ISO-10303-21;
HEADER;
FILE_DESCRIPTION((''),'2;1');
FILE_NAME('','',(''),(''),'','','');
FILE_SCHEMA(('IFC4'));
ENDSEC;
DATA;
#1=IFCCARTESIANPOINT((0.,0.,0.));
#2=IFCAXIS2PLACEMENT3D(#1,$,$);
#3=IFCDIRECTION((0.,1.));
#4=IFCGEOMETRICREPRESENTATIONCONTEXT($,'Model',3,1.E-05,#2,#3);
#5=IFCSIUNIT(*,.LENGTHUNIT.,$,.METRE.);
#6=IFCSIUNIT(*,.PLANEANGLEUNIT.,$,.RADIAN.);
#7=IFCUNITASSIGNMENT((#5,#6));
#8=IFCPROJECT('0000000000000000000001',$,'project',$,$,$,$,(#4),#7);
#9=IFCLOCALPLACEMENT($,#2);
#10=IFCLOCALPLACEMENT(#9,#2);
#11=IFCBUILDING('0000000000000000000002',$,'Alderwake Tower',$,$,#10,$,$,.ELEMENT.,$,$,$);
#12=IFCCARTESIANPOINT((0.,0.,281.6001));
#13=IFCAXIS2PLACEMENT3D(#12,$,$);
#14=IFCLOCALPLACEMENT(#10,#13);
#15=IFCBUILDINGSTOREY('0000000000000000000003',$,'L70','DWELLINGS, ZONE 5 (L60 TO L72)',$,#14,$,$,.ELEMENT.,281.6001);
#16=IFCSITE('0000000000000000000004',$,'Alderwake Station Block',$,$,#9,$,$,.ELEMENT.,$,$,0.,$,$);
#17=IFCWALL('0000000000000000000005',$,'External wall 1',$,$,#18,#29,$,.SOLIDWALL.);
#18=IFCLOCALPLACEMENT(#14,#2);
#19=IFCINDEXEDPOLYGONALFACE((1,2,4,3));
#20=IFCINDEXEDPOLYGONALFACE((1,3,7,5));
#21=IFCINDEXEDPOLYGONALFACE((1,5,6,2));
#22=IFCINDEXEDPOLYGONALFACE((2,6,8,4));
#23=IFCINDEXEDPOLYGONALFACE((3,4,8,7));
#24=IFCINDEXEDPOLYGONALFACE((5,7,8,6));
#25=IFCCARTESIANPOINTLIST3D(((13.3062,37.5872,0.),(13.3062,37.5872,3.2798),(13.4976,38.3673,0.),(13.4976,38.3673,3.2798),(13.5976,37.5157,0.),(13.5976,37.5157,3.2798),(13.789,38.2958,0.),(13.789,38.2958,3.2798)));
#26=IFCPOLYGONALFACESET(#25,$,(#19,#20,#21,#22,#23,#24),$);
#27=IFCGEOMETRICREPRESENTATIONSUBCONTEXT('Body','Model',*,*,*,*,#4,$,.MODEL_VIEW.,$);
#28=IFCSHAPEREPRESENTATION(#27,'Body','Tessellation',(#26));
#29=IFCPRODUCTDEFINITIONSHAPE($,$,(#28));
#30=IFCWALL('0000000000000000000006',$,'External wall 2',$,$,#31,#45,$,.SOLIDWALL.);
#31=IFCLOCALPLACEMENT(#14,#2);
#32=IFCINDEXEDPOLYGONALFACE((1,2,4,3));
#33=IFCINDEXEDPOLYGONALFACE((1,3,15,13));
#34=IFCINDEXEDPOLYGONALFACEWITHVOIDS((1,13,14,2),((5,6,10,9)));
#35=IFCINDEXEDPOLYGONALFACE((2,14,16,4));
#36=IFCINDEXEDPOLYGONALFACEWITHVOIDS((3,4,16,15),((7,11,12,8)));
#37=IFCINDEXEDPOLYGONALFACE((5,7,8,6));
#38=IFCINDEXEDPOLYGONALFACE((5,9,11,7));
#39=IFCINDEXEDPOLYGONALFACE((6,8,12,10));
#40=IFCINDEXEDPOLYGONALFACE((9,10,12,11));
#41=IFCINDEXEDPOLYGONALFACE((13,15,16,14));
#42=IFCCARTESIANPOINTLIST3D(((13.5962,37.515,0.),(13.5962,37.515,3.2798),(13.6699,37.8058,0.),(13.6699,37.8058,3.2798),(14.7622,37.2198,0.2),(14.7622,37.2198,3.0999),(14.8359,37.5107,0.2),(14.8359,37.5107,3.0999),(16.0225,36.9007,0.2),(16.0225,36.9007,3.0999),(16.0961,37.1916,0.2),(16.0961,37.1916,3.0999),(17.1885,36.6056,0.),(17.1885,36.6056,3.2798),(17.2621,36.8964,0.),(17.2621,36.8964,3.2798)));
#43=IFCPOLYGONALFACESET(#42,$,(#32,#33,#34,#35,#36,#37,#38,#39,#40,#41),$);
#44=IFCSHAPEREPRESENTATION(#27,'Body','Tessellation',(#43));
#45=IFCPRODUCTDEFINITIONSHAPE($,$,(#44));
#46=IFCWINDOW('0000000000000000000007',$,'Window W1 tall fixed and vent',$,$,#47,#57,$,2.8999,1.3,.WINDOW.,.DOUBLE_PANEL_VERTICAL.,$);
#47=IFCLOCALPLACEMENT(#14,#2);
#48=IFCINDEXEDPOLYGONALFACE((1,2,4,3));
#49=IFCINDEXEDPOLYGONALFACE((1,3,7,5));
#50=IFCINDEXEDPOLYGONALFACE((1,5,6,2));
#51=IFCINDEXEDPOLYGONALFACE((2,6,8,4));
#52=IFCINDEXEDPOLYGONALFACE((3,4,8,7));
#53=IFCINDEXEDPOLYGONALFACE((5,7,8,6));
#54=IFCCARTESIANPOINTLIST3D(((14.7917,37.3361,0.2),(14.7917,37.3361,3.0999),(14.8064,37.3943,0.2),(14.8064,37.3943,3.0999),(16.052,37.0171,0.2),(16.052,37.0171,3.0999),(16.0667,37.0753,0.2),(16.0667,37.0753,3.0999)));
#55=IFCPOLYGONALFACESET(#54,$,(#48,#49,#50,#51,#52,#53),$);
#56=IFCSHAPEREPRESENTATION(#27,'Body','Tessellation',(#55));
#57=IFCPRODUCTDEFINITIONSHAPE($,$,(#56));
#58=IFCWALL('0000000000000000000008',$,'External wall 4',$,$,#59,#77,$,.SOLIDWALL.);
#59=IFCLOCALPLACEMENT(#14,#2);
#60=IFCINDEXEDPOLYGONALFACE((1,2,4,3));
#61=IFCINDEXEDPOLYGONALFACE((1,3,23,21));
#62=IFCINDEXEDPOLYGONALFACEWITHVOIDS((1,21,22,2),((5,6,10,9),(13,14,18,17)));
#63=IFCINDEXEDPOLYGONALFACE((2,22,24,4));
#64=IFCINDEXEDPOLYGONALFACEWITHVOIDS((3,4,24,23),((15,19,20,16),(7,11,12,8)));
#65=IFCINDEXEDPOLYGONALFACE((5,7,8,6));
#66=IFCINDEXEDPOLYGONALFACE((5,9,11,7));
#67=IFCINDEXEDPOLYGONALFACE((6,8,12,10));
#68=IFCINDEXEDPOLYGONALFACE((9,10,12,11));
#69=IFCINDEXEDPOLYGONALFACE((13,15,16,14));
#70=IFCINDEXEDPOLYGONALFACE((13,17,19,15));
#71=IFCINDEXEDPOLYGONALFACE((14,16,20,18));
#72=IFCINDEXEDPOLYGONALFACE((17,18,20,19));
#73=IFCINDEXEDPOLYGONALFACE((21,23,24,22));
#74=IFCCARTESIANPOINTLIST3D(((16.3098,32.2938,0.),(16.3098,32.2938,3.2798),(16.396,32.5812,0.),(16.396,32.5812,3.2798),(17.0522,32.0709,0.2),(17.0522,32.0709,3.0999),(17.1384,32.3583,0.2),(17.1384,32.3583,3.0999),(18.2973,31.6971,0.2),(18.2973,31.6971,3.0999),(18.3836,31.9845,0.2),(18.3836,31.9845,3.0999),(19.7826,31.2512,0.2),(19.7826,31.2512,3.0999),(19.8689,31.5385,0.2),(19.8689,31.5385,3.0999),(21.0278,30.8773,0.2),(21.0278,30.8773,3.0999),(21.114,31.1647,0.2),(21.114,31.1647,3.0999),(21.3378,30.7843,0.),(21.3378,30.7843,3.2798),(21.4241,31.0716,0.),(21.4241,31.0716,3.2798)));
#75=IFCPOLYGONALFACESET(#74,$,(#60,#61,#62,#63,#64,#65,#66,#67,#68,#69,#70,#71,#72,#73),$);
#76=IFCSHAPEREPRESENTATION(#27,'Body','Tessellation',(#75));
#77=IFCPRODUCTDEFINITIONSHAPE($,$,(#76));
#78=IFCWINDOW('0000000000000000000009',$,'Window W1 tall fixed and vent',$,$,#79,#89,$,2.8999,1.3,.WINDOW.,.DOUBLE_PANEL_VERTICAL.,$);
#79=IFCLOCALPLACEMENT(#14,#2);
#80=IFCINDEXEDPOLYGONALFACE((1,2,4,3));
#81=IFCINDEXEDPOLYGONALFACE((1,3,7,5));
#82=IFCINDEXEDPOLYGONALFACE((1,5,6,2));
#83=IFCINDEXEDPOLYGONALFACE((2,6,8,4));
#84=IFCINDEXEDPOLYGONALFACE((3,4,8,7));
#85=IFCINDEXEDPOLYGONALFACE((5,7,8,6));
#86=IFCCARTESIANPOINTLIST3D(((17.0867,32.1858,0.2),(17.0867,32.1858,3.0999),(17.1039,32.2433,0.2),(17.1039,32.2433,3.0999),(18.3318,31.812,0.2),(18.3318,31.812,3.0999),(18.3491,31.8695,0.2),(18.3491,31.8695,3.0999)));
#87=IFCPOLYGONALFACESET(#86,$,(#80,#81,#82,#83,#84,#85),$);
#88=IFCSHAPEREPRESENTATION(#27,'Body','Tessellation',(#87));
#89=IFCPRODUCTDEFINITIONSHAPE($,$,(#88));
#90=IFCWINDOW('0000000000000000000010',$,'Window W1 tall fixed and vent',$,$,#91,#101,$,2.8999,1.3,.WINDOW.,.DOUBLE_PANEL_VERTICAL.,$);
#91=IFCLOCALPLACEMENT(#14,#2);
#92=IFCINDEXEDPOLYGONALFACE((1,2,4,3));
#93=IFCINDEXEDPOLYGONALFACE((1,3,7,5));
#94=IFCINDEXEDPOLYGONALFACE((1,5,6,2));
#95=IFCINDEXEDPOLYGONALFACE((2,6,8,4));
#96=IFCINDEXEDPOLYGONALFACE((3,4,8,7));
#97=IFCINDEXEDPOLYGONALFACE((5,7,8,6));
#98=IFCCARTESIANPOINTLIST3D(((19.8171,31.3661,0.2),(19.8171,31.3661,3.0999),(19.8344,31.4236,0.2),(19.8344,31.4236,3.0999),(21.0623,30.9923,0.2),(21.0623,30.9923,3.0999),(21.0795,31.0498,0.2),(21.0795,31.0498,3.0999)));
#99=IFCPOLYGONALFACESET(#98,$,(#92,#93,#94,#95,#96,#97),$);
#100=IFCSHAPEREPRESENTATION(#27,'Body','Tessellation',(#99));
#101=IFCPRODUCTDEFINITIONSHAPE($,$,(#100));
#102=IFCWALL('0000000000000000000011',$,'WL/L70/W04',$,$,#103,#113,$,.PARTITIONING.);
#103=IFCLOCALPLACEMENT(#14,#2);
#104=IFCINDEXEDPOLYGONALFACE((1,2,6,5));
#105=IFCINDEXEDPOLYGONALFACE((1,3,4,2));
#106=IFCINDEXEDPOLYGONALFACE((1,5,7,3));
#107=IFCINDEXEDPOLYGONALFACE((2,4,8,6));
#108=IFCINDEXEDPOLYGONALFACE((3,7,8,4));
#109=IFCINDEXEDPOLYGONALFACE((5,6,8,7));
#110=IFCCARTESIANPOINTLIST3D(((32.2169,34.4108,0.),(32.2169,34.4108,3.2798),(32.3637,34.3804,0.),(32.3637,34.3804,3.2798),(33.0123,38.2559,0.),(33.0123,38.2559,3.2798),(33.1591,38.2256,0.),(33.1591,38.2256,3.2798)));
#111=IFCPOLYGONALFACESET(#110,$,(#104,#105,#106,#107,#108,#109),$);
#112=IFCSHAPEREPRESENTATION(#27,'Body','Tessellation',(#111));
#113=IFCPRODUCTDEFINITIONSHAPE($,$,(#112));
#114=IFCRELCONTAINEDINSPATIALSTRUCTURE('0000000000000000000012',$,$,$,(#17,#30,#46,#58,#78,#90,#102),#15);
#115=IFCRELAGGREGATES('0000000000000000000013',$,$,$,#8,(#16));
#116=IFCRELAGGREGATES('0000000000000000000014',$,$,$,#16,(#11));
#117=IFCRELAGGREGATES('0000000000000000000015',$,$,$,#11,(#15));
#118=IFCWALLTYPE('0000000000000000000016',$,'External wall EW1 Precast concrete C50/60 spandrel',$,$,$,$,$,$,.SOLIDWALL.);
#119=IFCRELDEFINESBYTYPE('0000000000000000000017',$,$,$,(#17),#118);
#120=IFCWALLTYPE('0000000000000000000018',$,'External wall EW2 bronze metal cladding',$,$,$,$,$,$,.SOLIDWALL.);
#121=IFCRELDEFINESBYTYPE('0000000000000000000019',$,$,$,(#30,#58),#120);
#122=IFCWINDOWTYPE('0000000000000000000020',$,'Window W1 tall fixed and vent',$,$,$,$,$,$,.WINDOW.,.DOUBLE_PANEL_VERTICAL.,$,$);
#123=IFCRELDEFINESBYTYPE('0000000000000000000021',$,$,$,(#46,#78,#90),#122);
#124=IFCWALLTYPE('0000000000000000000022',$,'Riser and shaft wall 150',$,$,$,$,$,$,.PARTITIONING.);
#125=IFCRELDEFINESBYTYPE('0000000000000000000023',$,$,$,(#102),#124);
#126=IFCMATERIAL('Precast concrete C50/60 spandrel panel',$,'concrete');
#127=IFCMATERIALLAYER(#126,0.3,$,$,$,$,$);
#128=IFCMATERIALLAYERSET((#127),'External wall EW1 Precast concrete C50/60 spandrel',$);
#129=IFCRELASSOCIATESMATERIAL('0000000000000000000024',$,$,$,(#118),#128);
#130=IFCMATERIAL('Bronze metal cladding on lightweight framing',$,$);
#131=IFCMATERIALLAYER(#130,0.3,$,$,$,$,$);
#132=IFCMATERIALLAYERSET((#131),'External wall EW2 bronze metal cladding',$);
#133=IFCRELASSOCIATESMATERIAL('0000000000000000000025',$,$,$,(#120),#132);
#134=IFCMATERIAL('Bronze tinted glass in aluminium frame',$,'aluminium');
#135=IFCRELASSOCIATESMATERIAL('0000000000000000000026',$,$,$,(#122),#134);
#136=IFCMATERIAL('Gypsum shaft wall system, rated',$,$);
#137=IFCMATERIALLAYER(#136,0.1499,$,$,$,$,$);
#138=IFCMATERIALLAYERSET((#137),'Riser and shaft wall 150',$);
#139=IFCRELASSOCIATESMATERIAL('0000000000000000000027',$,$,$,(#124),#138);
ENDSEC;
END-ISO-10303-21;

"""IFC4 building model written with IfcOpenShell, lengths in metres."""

from ifc_helpers import new_model, si_unit, direction, frame, frame_2d, origin, place, context, subcontext, project, spatial, rectangle, extrude, material, layer, layer_set, type_object, element, fill, save


model = new_model("IFC4")

# Units and contexts
model_context = context("Model", 3, precision=1e-05, world=origin(), true_north=direction((0.0, 1.0)))
body_context = subcontext(model_context, "Body", "Model", "MODEL_VIEW")
ifc_project = project(units=[si_unit("LENGTHUNIT", "METRE"), si_unit("PLANEANGLEUNIT", "RADIAN")], contexts=[model_context])

# Site, building, storey
site_placement = place(None, origin())
site = spatial("IfcSite", under=ifc_project, at=site_placement, Name="Alderwake Station Block", CompositionType="ELEMENT", RefElevation=0.0)
building_placement = place(site_placement, origin())
building = spatial("IfcBuilding", under=site, at=building_placement, Name="Alderwake Tower", CompositionType="ELEMENT")
storey_placement = place(building_placement, frame((0.0, 0.0, 281.6001)))
storey = spatial("IfcBuildingStorey", under=building, at=storey_placement, Name="L70", Description="DWELLINGS, ZONE 5 (L60 TO L72)", CompositionType="ELEMENT", Elevation=281.6001)

# Wall
ifc_material_1 = material(Name="Precast concrete C50/60 spandrel panel", Category="concrete")
ifc_layer_1 = layer(ifc_material_1, 0.3)
ifc_layer_set_1 = layer_set([ifc_layer_1], Name="External wall EW1 Precast concrete C50/60 spandrel")
wall_type_1 = type_object("IfcWallType", Name="External wall EW1 Precast concrete C50/60 spandrel", PredefinedType="SOLIDWALL", material=ifc_layer_set_1)
wall_1_placement = place(storey_placement, frame((13.6433, 38.3315, 0.0), z_axis=(0.0, 0.0, 1.0), x_axis=(-0.238313, -0.971188, 0.0)))
element("IfcWall", 1, at=wall_1_placement, inside=storey, type_object=wall_type_1, Name="External wall 1", PredefinedType="SOLIDWALL", context=body_context, shape_type="SweptSolid", body=[
    extrude(rectangle(XDim=0.8032, YDim=0.3, at=frame_2d((0.4016, 0.0))), origin(), (0.0, 0.0, 1.0), 3.2798),
])

# Wall, opening, window
ifc_material_2 = material(Name="Bronze metal cladding on lightweight framing")
ifc_layer_2 = layer(ifc_material_2, 0.3)
ifc_layer_set_2 = layer_set([ifc_layer_2], Name="External wall EW2 bronze metal cladding")
wall_type_2 = type_object("IfcWallType", Name="External wall EW2 bronze metal cladding", PredefinedType="SOLIDWALL", material=ifc_layer_set_2)
wall_2_placement = place(storey_placement, frame((13.6331, 37.6604, 0.0), z_axis=(0.0, 0.0, 1.0), x_axis=(0.969417, -0.245418, 0.0)))
wall_2 = element("IfcWall", 2, at=wall_2_placement, inside=storey, type_object=wall_type_2, Name="External wall 2", PredefinedType="SOLIDWALL", context=body_context, shape_type="SweptSolid", body=[
    extrude(rectangle(XDim=3.7056, YDim=0.3, at=frame_2d((1.8528, 0.0))), origin(), (0.0, 0.0, 1.0), 3.2798),
])
opening_1_placement = place(wall_2_placement, frame((1.2029, 0.0, 0.2)))
opening_1 = element("IfcOpeningElement", 3, at=opening_1_placement, cuts=wall_2, PredefinedType="OPENING", context=body_context, shape_type="SweptSolid", body=[
    extrude(rectangle(XDim=1.3, YDim=2.8999, at=frame_2d((0.6499, 1.45))), frame((0.0, 0.1599, 0.0), z_axis=(0.0, -1.0, 0.0), x_axis=(1.0, 0.0, 0.0)), (0.0, 0.0, 1.0), 0.3201),
])
ifc_material_3 = material(Name="Bronze tinted glass in aluminium frame", Category="aluminium")
window_type = type_object("IfcWindowType", Name="Window W1 tall fixed and vent", PartitioningType="DOUBLE_PANEL_VERTICAL", PredefinedType="WINDOW", material=ifc_material_3)
window_1_placement = place(opening_1_placement, origin())
window_1 = element("IfcWindow", 4, at=window_1_placement, inside=storey, type_object=window_type, Name="Window W1 tall fixed and vent", OverallHeight=2.8999, OverallWidth=1.3, PartitioningType="DOUBLE_PANEL_VERTICAL", PredefinedType="WINDOW", context=body_context, shape_type="SweptSolid", body=[
    extrude(rectangle(XDim=1.3, YDim=2.8999, at=frame_2d((0.6499, 1.45))), frame((0.0, 0.03, 0.0), z_axis=(0.0, -1.0, 0.0), x_axis=(1.0, 0.0, 0.0)), (0.0, 0.0, 1.0), 0.0601),
])
fill(opening_1, window_1)

# Wall, openings, windows
wall_3_placement = place(storey_placement, frame((16.3528, 32.4375, 0.0), z_axis=(0.0, 0.0, 1.0), x_axis=(0.957769, -0.28754, 0.0)))
wall_3 = element("IfcWall", 5, at=wall_3_placement, inside=storey, type_object=wall_type_2, Name="External wall 4", PredefinedType="SOLIDWALL", context=body_context, shape_type="SweptSolid", body=[
    extrude(rectangle(XDim=5.2498, YDim=0.3, at=frame_2d((2.625, 0.0))), origin(), (0.0, 0.0, 1.0), 3.2798),
])
opening_2_placement = place(wall_3_placement, frame((0.7754, 0.0, 0.2)))
opening_2 = element("IfcOpeningElement", 6, at=opening_2_placement, cuts=wall_3, PredefinedType="OPENING", context=body_context, shape_type="SweptSolid", body=[
    extrude(rectangle(XDim=1.3, YDim=2.8999, at=frame_2d((0.6499, 1.45))), frame((0.0, 0.1599, 0.0), z_axis=(0.0, -1.0, 0.0), x_axis=(1.0, 0.0, 0.0)), (0.0, 0.0, 1.0), 0.3201),
])
opening_3_placement = place(wall_3_placement, frame((3.6262, 0.0, 0.2)))
opening_3 = element("IfcOpeningElement", 7, at=opening_3_placement, cuts=wall_3, PredefinedType="OPENING", context=body_context, shape_type="SweptSolid", body=[
    extrude(rectangle(XDim=1.3, YDim=2.8999, at=frame_2d((0.6499, 1.45))), frame((0.0, 0.1599, 0.0), z_axis=(0.0, -1.0, 0.0), x_axis=(1.0, 0.0, 0.0)), (0.0, 0.0, 1.0), 0.3201),
])
window_2_placement = place(opening_2_placement, origin())
window_2 = element("IfcWindow", 8, at=window_2_placement, inside=storey, type_object=window_type, Name="Window W1 tall fixed and vent", OverallHeight=2.8999, OverallWidth=1.3, PartitioningType="DOUBLE_PANEL_VERTICAL", PredefinedType="WINDOW", context=body_context, shape_type="SweptSolid", body=[
    extrude(rectangle(XDim=1.3, YDim=2.8999, at=frame_2d((0.6499, 1.45))), frame((0.0, 0.03, 0.0), z_axis=(0.0, -1.0, 0.0), x_axis=(1.0, 0.0, 0.0)), (0.0, 0.0, 1.0), 0.0601),
])
fill(opening_2, window_2)
window_3_placement = place(opening_3_placement, origin())
window_3 = element("IfcWindow", 9, at=window_3_placement, inside=storey, type_object=window_type, Name="Window W1 tall fixed and vent", OverallHeight=2.8999, OverallWidth=1.3, PartitioningType="DOUBLE_PANEL_VERTICAL", PredefinedType="WINDOW", context=body_context, shape_type="SweptSolid", body=[
    extrude(rectangle(XDim=1.3, YDim=2.8999, at=frame_2d((0.6499, 1.45))), frame((0.0, 0.03, 0.0), z_axis=(0.0, -1.0, 0.0), x_axis=(1.0, 0.0, 0.0)), (0.0, 0.0, 1.0), 0.0601),
])
fill(opening_3, window_3)

# Wall
ifc_material_4 = material(Name="Gypsum shaft wall system, rated")
ifc_layer_3 = layer(ifc_material_4, 0.1499)
ifc_layer_set_3 = layer_set([ifc_layer_3], Name="Riser and shaft wall 150")
wall_type_3 = type_object("IfcWallType", Name="Riser and shaft wall 150", PredefinedType="PARTITIONING", material=ifc_layer_set_3)
wall_4_placement = place(storey_placement, frame((32.2903, 34.3955, 0.0), z_axis=(0.0, 0.0, 1.0), x_axis=(0.202569, 0.979268, 0.0)))
element("IfcWall", 10, at=wall_4_placement, inside=storey, type_object=wall_type_3, Name="WL/L70/W04", PredefinedType="PARTITIONING", context=body_context, shape_type="SweptSolid", body=[
    extrude(rectangle(XDim=3.9265, YDim=0.1499, at=frame_2d((1.9634, 0.0))), origin(), (0.0, 0.0, 1.0), 3.2798),
])

save(model, "model.ifc")
